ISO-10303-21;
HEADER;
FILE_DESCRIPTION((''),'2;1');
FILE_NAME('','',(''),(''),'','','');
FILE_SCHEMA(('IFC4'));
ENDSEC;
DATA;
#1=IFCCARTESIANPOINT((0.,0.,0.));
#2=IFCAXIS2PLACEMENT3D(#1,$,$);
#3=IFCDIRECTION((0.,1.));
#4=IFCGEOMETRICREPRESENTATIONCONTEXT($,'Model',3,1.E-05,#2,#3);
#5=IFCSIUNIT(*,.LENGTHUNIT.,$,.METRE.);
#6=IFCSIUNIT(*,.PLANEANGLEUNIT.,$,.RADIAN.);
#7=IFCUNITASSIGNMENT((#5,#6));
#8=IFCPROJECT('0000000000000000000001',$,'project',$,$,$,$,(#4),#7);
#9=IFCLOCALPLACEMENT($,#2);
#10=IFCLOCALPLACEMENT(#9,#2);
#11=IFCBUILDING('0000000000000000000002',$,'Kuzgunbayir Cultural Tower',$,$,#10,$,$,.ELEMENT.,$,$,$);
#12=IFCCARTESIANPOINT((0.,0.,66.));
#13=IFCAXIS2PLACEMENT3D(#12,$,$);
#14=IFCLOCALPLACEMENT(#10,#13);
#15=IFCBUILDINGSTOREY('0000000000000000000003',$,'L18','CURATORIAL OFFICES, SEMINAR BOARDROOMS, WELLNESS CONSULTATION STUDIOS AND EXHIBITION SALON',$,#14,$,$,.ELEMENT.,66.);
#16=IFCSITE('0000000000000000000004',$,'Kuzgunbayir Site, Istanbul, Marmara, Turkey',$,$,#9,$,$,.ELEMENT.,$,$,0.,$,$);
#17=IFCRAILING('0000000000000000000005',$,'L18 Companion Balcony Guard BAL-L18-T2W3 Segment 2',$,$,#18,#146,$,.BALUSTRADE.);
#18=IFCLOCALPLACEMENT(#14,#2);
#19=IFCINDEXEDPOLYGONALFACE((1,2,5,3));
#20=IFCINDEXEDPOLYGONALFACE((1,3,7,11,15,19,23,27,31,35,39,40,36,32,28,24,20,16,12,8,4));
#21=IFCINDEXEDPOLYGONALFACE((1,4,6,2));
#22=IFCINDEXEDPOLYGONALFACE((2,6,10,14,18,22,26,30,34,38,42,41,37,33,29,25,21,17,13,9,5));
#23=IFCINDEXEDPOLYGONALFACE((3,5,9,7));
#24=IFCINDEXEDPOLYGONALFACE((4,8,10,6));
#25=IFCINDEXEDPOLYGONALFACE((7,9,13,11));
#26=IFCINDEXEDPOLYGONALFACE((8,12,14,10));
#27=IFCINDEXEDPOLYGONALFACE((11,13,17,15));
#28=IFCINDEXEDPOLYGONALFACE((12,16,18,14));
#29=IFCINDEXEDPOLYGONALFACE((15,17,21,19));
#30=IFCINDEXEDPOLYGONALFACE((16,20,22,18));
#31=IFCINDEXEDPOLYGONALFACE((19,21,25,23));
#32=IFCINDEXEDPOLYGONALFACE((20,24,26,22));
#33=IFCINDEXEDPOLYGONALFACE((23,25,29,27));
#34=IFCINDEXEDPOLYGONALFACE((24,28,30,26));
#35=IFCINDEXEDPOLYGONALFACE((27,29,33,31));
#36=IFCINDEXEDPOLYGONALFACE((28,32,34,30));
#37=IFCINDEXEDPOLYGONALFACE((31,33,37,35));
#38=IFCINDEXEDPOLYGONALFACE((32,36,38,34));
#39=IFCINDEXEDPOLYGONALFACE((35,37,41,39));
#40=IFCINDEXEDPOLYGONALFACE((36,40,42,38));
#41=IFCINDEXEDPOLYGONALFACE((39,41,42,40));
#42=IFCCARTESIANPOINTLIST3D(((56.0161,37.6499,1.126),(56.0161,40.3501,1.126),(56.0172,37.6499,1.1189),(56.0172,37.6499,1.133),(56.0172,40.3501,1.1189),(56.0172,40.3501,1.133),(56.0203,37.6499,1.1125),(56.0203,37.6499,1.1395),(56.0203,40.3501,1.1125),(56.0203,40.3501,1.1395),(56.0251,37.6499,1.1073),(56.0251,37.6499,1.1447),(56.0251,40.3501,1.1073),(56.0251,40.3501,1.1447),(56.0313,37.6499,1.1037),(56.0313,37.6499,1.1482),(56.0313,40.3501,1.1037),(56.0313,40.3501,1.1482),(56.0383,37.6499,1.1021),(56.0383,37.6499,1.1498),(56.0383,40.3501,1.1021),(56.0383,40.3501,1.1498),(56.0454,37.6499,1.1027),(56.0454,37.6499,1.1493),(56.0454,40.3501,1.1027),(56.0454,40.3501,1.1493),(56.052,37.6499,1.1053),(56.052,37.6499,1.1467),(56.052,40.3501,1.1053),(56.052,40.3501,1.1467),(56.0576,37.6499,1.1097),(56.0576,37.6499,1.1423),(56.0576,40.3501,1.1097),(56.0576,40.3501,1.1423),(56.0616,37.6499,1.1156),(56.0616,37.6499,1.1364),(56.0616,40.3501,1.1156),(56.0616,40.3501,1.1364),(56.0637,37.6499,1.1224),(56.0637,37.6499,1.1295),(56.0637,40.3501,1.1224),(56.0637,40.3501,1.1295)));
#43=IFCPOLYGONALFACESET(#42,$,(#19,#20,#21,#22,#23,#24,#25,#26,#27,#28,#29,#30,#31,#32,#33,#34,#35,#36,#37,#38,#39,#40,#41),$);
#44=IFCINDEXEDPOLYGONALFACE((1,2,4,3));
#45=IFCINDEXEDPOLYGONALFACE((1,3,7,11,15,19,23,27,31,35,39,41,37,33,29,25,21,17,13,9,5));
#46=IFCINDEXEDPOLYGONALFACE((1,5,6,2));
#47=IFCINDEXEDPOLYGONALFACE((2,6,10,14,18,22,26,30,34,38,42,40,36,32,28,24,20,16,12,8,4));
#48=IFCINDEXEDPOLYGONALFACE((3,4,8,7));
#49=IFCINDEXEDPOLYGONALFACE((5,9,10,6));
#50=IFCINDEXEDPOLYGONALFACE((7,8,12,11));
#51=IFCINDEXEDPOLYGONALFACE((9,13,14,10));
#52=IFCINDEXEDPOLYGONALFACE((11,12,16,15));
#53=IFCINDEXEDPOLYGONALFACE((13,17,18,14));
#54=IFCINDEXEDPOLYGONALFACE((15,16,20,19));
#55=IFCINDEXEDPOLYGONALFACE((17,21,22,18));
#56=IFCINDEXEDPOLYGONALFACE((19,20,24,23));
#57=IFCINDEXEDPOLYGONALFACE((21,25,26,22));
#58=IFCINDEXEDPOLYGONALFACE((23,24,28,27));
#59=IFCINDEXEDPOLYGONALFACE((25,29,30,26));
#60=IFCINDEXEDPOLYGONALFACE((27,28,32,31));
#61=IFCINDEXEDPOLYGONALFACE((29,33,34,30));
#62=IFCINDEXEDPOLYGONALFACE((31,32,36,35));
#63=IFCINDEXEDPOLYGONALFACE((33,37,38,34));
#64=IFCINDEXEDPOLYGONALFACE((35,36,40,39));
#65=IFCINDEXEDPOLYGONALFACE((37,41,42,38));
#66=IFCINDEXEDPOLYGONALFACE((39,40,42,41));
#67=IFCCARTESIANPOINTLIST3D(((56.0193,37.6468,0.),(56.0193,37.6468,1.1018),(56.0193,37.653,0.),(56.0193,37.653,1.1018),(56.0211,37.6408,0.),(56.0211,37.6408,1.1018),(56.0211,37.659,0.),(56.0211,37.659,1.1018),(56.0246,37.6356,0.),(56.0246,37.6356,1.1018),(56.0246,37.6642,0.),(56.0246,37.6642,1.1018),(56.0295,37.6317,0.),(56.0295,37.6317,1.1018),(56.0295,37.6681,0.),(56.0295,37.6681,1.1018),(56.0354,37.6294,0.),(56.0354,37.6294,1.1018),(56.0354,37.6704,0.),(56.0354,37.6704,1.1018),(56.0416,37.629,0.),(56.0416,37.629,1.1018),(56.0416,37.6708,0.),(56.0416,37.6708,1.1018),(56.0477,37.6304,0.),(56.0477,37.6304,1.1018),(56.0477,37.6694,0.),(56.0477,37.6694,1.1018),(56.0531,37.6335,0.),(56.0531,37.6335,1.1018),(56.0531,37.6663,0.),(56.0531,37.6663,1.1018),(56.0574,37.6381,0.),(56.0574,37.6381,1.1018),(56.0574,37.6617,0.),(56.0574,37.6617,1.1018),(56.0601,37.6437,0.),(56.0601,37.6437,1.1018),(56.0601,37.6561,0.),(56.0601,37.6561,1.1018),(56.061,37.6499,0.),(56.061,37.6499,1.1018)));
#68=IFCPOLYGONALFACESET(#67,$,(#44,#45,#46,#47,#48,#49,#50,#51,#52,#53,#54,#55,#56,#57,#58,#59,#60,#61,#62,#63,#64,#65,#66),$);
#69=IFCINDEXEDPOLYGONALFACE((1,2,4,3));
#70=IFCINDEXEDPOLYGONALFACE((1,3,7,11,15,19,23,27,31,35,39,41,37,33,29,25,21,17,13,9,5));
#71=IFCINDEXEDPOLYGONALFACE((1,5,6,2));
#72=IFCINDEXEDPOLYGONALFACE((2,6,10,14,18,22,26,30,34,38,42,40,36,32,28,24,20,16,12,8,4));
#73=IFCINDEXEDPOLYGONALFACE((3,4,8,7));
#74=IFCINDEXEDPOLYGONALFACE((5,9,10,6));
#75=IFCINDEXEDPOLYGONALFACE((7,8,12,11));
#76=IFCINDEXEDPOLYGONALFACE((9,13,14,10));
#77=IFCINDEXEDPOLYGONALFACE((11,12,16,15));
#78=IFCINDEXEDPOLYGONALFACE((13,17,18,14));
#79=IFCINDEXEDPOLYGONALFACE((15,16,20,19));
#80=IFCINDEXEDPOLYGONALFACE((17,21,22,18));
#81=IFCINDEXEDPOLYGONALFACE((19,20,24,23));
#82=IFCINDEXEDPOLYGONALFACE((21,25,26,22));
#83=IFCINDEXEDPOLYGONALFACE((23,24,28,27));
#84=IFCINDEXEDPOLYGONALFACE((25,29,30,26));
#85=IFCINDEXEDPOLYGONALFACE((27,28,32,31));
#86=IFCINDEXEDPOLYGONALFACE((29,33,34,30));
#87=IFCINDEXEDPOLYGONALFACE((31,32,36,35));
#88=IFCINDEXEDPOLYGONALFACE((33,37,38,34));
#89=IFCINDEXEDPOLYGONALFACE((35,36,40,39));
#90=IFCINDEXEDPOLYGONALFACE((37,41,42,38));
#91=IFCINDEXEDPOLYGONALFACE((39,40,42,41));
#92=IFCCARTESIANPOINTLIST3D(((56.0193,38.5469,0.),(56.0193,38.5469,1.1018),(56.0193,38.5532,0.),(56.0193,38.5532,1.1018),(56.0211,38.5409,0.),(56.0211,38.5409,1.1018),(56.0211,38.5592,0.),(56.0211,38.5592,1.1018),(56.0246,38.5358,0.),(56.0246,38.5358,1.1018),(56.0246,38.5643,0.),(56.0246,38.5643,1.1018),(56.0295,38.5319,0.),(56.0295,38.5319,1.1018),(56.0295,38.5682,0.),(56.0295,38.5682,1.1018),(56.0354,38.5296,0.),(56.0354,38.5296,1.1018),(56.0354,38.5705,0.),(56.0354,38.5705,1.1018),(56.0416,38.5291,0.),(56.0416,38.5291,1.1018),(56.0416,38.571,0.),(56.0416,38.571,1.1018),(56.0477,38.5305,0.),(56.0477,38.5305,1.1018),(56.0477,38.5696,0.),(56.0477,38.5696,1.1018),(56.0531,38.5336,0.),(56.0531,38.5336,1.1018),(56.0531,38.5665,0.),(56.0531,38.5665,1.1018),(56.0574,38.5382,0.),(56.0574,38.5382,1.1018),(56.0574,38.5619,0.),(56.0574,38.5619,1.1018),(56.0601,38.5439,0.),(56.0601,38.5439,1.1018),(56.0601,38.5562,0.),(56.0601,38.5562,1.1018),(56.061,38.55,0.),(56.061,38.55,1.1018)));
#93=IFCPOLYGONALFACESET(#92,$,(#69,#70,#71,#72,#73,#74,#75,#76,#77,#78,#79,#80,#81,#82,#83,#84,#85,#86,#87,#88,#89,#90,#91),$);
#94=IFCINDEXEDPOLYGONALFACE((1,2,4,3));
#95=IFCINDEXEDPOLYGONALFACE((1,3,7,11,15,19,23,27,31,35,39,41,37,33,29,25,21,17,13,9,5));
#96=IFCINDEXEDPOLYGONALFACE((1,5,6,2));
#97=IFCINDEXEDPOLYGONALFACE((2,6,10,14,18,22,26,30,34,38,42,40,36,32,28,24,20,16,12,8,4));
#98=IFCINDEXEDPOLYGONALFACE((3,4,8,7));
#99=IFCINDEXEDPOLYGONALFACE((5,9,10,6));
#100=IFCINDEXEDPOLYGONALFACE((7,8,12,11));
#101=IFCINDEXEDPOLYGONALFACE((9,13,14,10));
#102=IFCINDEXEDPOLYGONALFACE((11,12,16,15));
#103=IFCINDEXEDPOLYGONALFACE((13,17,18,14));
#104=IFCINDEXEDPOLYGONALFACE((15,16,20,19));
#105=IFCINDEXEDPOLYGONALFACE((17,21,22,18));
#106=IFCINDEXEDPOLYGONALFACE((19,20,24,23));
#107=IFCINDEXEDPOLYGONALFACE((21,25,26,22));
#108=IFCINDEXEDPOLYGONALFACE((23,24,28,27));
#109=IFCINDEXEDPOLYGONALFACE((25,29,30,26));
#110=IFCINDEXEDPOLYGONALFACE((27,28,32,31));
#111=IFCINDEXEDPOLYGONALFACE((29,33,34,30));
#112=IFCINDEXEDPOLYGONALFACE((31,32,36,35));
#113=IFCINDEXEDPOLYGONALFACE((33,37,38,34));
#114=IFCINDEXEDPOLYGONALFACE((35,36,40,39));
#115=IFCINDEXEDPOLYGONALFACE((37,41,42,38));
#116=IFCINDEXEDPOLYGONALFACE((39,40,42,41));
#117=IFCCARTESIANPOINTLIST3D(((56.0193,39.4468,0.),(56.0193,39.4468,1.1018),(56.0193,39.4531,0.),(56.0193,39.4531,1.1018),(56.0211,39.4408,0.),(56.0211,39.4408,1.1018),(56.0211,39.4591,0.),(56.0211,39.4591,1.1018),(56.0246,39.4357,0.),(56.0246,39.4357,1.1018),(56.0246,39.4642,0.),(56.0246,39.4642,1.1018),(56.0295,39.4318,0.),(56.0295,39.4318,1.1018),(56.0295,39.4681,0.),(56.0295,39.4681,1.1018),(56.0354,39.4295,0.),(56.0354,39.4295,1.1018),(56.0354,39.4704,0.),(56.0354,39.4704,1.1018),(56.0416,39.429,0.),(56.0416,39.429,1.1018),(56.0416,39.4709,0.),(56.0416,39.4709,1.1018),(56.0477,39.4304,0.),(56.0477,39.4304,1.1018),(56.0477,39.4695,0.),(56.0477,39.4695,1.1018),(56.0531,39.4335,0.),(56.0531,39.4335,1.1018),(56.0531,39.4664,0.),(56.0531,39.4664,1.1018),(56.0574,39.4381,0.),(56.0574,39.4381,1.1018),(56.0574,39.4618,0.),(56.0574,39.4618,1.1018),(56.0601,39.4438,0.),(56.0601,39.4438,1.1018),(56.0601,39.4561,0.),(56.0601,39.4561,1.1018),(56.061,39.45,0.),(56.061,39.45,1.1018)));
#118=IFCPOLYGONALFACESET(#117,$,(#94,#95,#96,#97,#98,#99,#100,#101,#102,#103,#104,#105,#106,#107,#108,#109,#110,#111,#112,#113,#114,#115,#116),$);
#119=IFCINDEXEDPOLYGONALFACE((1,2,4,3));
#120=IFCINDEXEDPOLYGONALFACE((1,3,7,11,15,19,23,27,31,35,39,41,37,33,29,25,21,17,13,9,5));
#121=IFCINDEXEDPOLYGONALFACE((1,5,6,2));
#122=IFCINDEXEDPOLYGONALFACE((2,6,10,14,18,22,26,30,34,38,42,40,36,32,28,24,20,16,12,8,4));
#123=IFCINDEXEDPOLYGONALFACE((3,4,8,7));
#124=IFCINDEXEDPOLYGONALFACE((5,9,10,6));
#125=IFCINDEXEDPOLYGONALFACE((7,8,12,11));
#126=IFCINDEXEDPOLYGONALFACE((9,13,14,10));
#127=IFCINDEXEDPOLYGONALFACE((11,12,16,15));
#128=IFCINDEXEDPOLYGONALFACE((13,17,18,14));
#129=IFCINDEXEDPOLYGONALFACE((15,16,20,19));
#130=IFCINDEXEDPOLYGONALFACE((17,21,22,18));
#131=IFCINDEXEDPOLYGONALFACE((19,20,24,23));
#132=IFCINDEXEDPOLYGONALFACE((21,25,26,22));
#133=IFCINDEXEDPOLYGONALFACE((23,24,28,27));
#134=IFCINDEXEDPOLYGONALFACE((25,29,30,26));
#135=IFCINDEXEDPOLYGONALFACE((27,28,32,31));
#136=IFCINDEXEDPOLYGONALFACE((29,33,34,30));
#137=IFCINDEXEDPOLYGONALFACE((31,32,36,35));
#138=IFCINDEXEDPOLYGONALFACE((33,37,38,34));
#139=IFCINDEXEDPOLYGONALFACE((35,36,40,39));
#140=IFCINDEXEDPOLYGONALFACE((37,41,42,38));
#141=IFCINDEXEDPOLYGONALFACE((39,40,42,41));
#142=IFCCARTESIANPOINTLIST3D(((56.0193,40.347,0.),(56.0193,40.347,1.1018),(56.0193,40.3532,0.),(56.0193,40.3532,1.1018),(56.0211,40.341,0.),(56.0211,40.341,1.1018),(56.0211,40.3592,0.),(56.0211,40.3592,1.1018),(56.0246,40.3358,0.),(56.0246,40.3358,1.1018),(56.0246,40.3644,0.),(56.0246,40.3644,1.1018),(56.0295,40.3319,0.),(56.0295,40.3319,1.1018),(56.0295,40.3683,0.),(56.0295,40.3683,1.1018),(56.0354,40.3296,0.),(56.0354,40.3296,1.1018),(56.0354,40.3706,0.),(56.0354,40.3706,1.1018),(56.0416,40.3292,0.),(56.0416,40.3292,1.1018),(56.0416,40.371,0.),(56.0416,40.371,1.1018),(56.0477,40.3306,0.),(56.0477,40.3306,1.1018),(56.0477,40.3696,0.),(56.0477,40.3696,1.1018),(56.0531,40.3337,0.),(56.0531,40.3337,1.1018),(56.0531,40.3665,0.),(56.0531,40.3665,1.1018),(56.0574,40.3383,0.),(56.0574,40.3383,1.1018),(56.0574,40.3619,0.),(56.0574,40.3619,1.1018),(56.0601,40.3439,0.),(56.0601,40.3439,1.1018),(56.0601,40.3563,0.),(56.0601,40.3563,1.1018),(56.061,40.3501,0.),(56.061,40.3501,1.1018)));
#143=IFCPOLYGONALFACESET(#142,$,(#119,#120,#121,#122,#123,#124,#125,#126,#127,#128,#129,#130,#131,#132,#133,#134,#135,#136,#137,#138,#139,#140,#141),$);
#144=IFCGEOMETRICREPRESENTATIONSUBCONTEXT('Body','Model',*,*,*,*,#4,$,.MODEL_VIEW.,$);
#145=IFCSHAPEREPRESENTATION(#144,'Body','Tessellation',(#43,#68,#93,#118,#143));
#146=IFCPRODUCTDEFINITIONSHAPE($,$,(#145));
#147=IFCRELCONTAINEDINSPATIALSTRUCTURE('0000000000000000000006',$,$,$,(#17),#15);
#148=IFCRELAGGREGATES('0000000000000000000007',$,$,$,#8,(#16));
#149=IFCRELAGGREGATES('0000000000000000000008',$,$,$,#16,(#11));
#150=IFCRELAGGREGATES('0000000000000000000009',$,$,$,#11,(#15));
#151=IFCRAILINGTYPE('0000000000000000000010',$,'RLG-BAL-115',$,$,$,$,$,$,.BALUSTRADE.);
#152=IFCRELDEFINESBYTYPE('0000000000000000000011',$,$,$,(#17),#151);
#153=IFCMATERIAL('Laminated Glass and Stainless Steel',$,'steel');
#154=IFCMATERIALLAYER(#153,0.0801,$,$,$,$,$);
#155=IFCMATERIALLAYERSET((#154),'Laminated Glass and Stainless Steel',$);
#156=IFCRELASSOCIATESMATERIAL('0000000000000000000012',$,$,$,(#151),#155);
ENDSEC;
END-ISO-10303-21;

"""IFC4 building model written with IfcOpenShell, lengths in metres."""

from ifc_helpers import new_model, si_unit, direction, frame, origin, origin_2d, place, context, subcontext, project, spatial, circle, extrude, material, layer, layer_set, type_object, element, save


model = new_model("IFC4")

# Units and contexts
model_context = context("Model", 3, precision=1e-05, world=origin(), true_north=direction((0.0, 1.0)))
body_context = subcontext(model_context, "Body", "Model", "MODEL_VIEW")
ifc_project = project(units=[si_unit("LENGTHUNIT", "METRE"), si_unit("PLANEANGLEUNIT", "RADIAN")], contexts=[model_context])

# Site, building, storey
site_placement = place(None, origin())
site = spatial("IfcSite", under=ifc_project, at=site_placement, Name="Kuzgunbayir Site, Istanbul, Marmara, Turkey", CompositionType="ELEMENT", RefElevation=0.0)
building_placement = place(site_placement, origin())
building = spatial("IfcBuilding", under=site, at=building_placement, Name="Kuzgunbayir Cultural Tower", CompositionType="ELEMENT")
storey_placement = place(building_placement, frame((0.0, 0.0, 66.0)))
storey = spatial("IfcBuildingStorey", under=building, at=storey_placement, Name="L18", Description="CURATORIAL OFFICES, SEMINAR BOARDROOMS, WELLNESS CONSULTATION STUDIOS AND EXHIBITION SALON", CompositionType="ELEMENT", Elevation=66.0)

# Railing
ifc_material_1 = material(Name="Laminated Glass and Stainless Steel", Category="steel")
ifc_layer_1 = layer(ifc_material_1, 0.0801)
ifc_layer_set_1 = layer_set([ifc_layer_1], Name="Laminated Glass and Stainless Steel")
railing_type = type_object("IfcRailingType", Name="RLG-BAL-115", PredefinedType="BALUSTRADE", material=ifc_layer_set_1)
railing_1_placement = place(storey_placement, frame((56.04, 37.6499, 0.0)))
element("IfcRailing", 1, at=railing_1_placement, inside=storey, type_object=railing_type, Name="L18 Companion Balcony Guard BAL-L18-T2W3 Segment 2", PredefinedType="BALUSTRADE", context=body_context, shape_type="SweptSolid", body=[
    extrude(circle(Radius=0.0239, at=origin_2d()), frame((0.0, 0.0, 1.126), z_axis=(0.0, 1.0, 0.0), x_axis=(-1.0, 0.0, 0.0)), (0.0, 0.0, 1.0), 2.7002),
    extrude(circle(Radius=0.021, at=origin_2d()), origin(), (0.0, 0.0, 1.0), 1.1018),
    extrude(circle(Radius=0.021, at=origin_2d()), frame((0.0, 0.9001, 0.0)), (0.0, 0.0, 1.0), 1.1018),
    extrude(circle(Radius=0.021, at=origin_2d()), frame((0.0, 1.8, 0.0)), (0.0, 0.0, 1.0), 1.1018),
    extrude(circle(Radius=0.021, at=origin_2d()), frame((0.0, 2.7002, 0.0)), (0.0, 0.0, 1.0), 1.1018),
])

save(model, "model.ifc")
